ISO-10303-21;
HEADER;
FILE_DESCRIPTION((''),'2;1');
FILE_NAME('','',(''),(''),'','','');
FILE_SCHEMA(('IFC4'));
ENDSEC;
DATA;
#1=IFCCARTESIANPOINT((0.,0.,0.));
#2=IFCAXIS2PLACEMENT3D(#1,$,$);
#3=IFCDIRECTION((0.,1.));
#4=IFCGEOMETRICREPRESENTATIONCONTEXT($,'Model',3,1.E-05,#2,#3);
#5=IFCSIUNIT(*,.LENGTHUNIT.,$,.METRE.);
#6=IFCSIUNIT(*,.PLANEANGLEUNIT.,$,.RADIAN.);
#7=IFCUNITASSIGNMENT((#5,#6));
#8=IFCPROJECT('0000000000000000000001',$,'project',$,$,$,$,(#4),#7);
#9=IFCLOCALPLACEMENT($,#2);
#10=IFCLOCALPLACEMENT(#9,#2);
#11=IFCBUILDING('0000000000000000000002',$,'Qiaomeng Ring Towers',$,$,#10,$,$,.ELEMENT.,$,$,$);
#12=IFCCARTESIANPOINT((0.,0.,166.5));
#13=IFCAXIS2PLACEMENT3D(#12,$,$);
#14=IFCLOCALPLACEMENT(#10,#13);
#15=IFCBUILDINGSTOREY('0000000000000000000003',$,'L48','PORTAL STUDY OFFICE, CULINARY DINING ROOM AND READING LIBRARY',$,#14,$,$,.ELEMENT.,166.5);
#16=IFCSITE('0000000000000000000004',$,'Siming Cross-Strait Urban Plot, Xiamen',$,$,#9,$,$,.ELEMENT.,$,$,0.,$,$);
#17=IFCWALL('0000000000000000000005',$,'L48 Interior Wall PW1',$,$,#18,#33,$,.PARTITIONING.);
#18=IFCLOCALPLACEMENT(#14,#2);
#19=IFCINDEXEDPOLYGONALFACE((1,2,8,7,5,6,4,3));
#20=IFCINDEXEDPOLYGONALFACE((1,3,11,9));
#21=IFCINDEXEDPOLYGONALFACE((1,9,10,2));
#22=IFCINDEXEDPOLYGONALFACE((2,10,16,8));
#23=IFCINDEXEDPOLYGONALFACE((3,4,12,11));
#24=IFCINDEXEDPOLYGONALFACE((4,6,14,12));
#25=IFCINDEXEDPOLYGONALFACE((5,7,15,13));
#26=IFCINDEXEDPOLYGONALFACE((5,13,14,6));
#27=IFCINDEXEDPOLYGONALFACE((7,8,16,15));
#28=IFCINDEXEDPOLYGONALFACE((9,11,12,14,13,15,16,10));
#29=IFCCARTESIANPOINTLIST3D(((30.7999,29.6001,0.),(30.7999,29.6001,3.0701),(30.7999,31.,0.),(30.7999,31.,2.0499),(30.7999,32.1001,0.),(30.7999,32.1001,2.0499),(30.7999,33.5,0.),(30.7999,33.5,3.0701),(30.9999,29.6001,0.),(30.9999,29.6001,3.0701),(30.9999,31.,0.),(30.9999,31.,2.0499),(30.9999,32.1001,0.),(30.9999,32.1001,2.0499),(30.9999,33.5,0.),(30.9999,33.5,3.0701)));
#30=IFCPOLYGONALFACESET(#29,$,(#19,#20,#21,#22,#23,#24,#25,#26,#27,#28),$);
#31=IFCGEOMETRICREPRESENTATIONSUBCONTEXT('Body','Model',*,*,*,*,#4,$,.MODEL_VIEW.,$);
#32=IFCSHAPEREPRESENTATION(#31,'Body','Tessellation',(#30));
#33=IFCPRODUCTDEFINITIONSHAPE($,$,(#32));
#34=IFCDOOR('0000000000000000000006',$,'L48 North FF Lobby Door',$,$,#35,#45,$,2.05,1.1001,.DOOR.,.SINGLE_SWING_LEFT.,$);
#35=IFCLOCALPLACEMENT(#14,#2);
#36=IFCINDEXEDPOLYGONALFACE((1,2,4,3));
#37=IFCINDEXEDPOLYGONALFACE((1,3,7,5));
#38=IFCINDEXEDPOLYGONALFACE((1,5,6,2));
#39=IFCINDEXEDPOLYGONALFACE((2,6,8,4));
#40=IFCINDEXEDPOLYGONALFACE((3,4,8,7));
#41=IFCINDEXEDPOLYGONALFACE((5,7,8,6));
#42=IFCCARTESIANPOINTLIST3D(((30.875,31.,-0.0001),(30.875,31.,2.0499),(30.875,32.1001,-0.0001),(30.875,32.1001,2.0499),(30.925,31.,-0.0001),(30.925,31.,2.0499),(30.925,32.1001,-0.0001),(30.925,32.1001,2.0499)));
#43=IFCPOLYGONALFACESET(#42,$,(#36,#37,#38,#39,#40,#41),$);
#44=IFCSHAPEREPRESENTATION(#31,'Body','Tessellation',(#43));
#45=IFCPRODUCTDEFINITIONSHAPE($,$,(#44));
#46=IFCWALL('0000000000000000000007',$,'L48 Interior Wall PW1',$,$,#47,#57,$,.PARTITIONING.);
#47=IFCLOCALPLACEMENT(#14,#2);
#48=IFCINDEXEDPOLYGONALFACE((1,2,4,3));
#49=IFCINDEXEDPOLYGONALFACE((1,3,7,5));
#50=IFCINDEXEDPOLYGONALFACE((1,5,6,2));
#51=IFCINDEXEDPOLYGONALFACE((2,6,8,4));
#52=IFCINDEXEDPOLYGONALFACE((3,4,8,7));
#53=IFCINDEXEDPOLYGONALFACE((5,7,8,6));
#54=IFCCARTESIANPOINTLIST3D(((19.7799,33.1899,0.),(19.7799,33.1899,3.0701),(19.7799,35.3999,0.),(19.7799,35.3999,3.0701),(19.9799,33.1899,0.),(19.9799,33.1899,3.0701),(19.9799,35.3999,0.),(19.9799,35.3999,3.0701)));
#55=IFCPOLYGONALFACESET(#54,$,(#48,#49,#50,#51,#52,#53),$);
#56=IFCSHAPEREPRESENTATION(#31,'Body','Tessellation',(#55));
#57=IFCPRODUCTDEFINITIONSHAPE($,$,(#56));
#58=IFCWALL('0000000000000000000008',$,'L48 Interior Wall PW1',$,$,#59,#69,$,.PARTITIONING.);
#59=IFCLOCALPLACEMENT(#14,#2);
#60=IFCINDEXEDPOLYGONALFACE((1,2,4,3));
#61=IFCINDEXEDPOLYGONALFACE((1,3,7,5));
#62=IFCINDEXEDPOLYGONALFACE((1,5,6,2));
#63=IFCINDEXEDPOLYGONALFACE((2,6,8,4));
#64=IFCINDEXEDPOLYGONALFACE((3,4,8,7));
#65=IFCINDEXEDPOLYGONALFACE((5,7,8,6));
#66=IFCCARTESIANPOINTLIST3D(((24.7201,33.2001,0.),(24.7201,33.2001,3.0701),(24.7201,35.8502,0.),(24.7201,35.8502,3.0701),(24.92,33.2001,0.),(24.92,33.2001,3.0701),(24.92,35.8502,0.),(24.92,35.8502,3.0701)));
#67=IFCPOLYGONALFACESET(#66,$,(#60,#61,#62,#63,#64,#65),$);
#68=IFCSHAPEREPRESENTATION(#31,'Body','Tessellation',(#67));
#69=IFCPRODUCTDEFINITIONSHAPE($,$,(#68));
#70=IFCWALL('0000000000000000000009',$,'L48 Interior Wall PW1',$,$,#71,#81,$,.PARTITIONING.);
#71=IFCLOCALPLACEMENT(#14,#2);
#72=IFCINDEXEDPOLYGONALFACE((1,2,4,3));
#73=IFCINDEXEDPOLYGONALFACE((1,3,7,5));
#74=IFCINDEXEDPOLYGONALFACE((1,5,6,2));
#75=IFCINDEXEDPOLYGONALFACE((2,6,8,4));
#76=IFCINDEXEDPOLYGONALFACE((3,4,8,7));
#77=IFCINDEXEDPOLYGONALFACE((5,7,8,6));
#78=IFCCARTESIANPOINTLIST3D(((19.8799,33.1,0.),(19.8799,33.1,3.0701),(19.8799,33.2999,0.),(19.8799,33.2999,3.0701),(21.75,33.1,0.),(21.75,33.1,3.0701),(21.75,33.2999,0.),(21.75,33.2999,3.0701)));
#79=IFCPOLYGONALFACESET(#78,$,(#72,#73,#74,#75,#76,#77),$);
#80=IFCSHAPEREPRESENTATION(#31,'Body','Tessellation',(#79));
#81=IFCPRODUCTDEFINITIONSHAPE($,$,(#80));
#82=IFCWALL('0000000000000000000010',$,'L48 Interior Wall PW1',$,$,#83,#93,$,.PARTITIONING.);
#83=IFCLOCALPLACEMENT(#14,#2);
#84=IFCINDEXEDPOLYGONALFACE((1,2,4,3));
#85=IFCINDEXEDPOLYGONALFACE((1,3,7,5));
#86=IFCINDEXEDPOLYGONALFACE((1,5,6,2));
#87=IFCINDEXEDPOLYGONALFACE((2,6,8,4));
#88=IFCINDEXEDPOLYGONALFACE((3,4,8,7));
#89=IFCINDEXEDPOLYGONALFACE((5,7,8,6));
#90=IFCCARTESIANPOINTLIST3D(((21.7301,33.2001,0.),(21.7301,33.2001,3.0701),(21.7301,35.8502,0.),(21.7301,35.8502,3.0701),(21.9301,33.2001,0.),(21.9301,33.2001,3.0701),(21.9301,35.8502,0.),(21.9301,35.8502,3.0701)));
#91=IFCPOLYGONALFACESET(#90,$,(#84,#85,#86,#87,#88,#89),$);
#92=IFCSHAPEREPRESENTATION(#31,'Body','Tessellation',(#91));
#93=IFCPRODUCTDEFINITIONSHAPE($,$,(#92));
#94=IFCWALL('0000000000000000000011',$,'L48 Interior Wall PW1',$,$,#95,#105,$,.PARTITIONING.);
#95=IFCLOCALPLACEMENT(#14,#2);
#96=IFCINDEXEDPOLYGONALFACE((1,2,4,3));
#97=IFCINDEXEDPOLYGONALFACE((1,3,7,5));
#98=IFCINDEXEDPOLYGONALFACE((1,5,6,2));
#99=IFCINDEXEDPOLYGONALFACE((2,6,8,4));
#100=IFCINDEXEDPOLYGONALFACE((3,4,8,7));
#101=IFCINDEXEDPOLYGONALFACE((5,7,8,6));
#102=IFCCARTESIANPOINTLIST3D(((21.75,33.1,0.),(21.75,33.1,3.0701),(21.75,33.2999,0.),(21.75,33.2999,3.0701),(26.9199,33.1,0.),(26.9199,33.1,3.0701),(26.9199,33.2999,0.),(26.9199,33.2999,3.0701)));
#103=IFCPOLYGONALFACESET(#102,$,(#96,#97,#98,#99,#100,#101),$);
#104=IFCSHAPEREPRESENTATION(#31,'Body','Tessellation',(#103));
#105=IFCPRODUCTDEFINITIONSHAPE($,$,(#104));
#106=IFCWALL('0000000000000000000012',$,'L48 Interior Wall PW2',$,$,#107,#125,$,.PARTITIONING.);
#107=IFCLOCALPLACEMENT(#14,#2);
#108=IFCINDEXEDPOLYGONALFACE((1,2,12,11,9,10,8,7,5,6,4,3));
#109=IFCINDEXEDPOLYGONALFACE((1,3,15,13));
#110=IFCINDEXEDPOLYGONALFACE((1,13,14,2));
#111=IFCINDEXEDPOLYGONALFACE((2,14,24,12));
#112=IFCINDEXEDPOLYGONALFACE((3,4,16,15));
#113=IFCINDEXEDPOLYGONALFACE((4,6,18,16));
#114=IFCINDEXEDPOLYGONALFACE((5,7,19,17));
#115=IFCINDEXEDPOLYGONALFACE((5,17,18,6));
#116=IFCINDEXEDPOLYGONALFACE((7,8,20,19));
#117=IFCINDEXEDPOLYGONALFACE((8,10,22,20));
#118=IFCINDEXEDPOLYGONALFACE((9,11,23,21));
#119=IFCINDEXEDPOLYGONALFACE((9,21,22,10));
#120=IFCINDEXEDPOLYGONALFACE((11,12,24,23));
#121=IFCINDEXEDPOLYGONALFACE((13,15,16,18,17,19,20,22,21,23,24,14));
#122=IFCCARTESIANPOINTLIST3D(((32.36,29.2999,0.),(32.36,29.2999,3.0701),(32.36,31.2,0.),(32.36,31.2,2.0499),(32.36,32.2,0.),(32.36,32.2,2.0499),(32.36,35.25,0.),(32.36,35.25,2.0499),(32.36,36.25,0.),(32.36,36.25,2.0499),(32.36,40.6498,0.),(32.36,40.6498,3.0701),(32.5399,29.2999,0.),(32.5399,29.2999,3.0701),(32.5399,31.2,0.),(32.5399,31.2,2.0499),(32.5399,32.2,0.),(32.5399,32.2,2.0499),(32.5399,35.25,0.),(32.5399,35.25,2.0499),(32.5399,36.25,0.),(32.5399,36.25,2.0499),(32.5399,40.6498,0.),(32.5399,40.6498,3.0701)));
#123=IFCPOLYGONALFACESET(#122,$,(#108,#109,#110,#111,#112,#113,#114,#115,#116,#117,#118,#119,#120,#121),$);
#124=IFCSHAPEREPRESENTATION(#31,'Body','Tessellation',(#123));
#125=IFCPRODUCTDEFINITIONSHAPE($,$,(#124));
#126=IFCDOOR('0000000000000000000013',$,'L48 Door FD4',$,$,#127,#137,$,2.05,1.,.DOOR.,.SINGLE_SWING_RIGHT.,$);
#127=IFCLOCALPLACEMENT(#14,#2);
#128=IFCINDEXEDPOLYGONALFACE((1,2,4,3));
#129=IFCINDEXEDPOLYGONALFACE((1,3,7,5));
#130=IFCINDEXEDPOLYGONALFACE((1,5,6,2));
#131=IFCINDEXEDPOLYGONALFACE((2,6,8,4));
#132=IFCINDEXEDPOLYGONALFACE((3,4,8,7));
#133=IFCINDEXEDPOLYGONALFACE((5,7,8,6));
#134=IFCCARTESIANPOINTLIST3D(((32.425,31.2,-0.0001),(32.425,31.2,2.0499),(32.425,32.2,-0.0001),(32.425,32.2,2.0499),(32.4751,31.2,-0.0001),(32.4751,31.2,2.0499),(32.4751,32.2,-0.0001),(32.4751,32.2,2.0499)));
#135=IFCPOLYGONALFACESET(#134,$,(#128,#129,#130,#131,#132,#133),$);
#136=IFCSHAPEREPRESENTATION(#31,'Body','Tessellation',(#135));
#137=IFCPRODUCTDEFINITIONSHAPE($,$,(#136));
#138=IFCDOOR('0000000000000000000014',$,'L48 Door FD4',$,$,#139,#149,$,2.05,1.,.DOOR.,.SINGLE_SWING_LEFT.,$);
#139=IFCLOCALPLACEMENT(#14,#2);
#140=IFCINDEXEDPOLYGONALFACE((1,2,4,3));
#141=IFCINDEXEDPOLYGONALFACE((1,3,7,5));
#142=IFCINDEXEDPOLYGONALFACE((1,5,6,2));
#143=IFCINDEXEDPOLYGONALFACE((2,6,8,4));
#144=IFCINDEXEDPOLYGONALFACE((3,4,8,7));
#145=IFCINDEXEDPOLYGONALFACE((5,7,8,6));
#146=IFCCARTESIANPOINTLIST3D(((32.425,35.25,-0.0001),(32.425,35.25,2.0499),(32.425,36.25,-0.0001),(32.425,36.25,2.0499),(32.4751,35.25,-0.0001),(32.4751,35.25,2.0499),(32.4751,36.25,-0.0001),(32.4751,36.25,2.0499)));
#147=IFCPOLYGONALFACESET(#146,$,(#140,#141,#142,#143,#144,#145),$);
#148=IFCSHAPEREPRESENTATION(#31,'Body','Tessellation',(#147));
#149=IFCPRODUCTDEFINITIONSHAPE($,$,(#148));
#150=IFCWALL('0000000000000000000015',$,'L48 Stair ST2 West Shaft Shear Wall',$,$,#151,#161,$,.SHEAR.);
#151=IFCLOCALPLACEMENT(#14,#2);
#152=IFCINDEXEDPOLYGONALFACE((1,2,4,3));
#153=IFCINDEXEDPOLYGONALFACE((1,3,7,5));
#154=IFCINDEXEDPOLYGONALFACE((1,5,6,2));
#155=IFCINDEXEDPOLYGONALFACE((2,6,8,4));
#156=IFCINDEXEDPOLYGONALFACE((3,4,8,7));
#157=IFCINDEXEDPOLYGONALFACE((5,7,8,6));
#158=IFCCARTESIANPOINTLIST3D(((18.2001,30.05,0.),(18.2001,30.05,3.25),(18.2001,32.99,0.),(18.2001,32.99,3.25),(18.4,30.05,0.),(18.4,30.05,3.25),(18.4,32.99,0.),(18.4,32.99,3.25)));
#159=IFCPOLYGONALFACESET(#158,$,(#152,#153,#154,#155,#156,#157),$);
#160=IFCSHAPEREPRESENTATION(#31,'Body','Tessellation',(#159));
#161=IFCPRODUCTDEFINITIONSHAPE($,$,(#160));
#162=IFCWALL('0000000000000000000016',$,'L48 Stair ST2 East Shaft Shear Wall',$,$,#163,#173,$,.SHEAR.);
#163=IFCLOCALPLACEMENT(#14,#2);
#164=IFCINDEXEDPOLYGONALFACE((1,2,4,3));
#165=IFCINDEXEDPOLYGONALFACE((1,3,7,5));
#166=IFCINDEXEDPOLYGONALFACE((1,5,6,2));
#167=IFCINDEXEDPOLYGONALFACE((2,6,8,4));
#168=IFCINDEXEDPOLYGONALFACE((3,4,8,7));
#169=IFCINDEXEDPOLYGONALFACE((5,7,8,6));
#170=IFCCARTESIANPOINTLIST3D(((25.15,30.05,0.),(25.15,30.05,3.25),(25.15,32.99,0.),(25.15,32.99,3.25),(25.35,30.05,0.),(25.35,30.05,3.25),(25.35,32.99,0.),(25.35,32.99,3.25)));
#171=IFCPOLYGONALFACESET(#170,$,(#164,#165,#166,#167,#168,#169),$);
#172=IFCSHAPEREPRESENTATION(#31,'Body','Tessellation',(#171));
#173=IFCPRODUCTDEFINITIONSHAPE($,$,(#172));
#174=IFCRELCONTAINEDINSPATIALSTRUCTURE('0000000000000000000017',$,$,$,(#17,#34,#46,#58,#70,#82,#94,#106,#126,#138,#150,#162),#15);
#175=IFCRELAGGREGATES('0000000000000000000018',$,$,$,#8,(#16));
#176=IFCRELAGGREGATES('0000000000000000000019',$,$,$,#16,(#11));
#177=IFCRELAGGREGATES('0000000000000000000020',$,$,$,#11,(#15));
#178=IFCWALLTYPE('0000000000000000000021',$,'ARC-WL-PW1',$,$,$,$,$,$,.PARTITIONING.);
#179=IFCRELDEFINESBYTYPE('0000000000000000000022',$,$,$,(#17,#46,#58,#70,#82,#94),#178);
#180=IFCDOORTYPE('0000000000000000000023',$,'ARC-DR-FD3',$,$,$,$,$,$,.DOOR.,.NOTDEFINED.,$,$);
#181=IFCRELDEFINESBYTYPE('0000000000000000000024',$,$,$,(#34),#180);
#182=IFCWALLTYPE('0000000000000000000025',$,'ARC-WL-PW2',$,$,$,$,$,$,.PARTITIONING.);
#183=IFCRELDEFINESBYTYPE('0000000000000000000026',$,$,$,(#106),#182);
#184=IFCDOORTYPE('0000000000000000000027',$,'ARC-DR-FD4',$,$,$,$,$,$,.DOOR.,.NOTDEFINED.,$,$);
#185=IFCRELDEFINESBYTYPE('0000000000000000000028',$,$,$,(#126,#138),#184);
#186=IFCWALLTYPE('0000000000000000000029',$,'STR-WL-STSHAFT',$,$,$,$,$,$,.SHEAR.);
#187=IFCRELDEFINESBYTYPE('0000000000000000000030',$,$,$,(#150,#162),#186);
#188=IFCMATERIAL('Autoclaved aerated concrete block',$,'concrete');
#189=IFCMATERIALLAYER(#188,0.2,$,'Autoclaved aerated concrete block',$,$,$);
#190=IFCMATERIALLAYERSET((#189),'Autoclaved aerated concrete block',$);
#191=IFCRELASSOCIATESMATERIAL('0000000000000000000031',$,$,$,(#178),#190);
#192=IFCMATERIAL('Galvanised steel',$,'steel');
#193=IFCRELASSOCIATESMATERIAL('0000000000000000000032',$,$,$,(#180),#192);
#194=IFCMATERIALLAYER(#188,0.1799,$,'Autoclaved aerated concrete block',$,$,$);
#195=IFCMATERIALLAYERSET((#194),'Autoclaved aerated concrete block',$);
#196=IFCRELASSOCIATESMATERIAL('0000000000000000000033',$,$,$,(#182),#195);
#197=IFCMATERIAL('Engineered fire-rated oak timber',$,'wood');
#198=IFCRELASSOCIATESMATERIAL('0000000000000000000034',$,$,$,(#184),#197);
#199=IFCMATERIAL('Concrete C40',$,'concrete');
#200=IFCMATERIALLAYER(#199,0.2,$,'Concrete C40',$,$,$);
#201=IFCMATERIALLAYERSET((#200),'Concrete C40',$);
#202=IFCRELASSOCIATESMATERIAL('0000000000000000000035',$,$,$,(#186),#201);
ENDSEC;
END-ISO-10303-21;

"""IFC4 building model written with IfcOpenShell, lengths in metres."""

from ifc_helpers import new_model, si_unit, direction, frame, frame_2d, origin, place, context, subcontext, project, spatial, rectangle, extrude, source, transform, mapped, material, layer, layer_set, type_object, element, fill, save


model = new_model("IFC4")

# Units and contexts
model_context = context("Model", 3, precision=1e-05, world=origin(), true_north=direction((0.0, 1.0)))
body_context = subcontext(model_context, "Body", "Model", "MODEL_VIEW")
ifc_project = project(units=[si_unit("LENGTHUNIT", "METRE"), si_unit("PLANEANGLEUNIT", "RADIAN")], contexts=[model_context])

# Site, building, storey
site_placement = place(None, origin())
site = spatial("IfcSite", under=ifc_project, at=site_placement, Name="Siming Cross-Strait Urban Plot, Xiamen", CompositionType="ELEMENT", RefElevation=0.0)
building_placement = place(site_placement, origin())
building = spatial("IfcBuilding", under=site, at=building_placement, Name="Qiaomeng Ring Towers", CompositionType="ELEMENT")
storey_placement = place(building_placement, frame((0.0, 0.0, 166.5)))
storey = spatial("IfcBuildingStorey", under=building, at=storey_placement, Name="L48", Description="PORTAL STUDY OFFICE, CULINARY DINING ROOM AND READING LIBRARY", CompositionType="ELEMENT", Elevation=166.5)

# Shared definitions
ifc_material_1 = material(Name="Autoclaved aerated concrete block", Category="concrete")
ifc_layer_1 = layer(ifc_material_1, 0.2, Name="Autoclaved aerated concrete block")
ifc_layer_set_1 = layer_set([ifc_layer_1], Name="Autoclaved aerated concrete block")
wall_type_1 = type_object("IfcWallType", Name="ARC-WL-PW1", PredefinedType="PARTITIONING", material=ifc_layer_set_1)

# Wall, opening, door
wall_1_placement = place(storey_placement, frame((30.8999, 29.6001, 0.0), z_axis=(0.0, 0.0, 1.0), x_axis=(0.0, 1.0, 0.0)))
wall_1 = element("IfcWall", 1, at=wall_1_placement, inside=storey, type_object=wall_type_1, Name="L48 Interior Wall PW1", PredefinedType="PARTITIONING", context=body_context, shape_type="SweptSolid", body=[
    extrude(rectangle(XDim=3.8999, YDim=0.2, at=frame_2d((1.95, 0.0))), origin(), (0.0, 0.0, 1.0), 3.0701),
])
opening_1_placement = place(wall_1_placement, frame((1.3999, 0.0, 0.0)))
opening_1 = element("IfcOpeningElement", 2, at=opening_1_placement, cuts=wall_1, PredefinedType="OPENING", context=body_context, shape_type="SweptSolid", body=[
    extrude(rectangle(XDim=1.1001, YDim=2.05, at=frame_2d((0.55, 1.0249))), frame((0.0, 0.1099, 0.0), z_axis=(0.0, -1.0, 0.0), x_axis=(1.0, 0.0, 0.0)), (0.0, 0.0, 1.0), 0.22),
])
ifc_material_2 = material(Name="Galvanised steel", Category="steel")
door_type_1 = type_object("IfcDoorType", Name="ARC-DR-FD3", OperationType="NOTDEFINED", PredefinedType="DOOR", material=ifc_material_2)
shared_shape_1 = source(origin(), body_context, "Body", "SweptSolid", [
    extrude(rectangle(XDim=1.1001, YDim=2.05, at=frame_2d((0.55, 1.0249))), frame((0.0, 0.0249, 0.0), z_axis=(0.0, -1.0, 0.0), x_axis=(1.0, 0.0, 0.0)), (0.0, 0.0, 1.0), 0.05),
])
door_1_placement = place(opening_1_placement, origin())
door_1 = element("IfcDoor", 3, at=door_1_placement, inside=storey, type_object=door_type_1, Name="L48 North FF Lobby Door", OperationType="SINGLE_SWING_LEFT", OverallHeight=2.05, OverallWidth=1.1001, PredefinedType="DOOR", context=body_context, shape_type="MappedRepresentation", body=[
    mapped(shared_shape_1, transform((0.0, 0.0, 0.0), x_axis=(1.0, 0.0, 0.0), y_axis=(0.0, 1.0, 0.0), z_axis=(0.0, 0.0, 1.0), scale=1.0)),
])
fill(opening_1, door_1)

# Walls
wall_2_placement = place(storey_placement, frame((19.8799, 33.1899, 0.0), z_axis=(0.0, 0.0, 1.0), x_axis=(0.0, 1.0, 0.0)))
element("IfcWall", 4, at=wall_2_placement, inside=storey, type_object=wall_type_1, Name="L48 Interior Wall PW1", PredefinedType="PARTITIONING", context=body_context, shape_type="SweptSolid", body=[
    extrude(rectangle(XDim=2.21, YDim=0.2, at=frame_2d((1.105, 0.0))), origin(), (0.0, 0.0, 1.0), 3.0701),
])
wall_3_placement = place(storey_placement, frame((24.8201, 33.2, 0.0), z_axis=(0.0, 0.0, 1.0), x_axis=(0.0, 1.0, 0.0)))
element("IfcWall", 5, at=wall_3_placement, inside=storey, type_object=wall_type_1, Name="L48 Interior Wall PW1", PredefinedType="PARTITIONING", context=body_context, shape_type="SweptSolid", body=[
    extrude(rectangle(XDim=2.6501, YDim=0.2, at=frame_2d((1.3252, 0.0))), origin(), (0.0, 0.0, 1.0), 3.0701),
])
wall_4_placement = place(storey_placement, frame((19.8799, 33.2, 0.0), z_axis=(0.0, 0.0, 1.0), x_axis=(1.0, 0.0, 0.0)))
element("IfcWall", 6, at=wall_4_placement, inside=storey, type_object=wall_type_1, Name="L48 Interior Wall PW1", PredefinedType="PARTITIONING", context=body_context, shape_type="SweptSolid", body=[
    extrude(rectangle(XDim=1.8701, YDim=0.2, at=frame_2d((0.9351, 0.0))), origin(), (0.0, 0.0, 1.0), 3.0701),
])
wall_5_placement = place(storey_placement, frame((21.8301, 33.2, 0.0), z_axis=(0.0, 0.0, 1.0), x_axis=(0.0, 1.0, 0.0)))
element("IfcWall", 7, at=wall_5_placement, inside=storey, type_object=wall_type_1, Name="L48 Interior Wall PW1", PredefinedType="PARTITIONING", context=body_context, shape_type="SweptSolid", body=[
    extrude(rectangle(XDim=2.6501, YDim=0.2, at=frame_2d((1.3252, 0.0))), origin(), (0.0, 0.0, 1.0), 3.0701),
])
wall_6_placement = place(storey_placement, frame((21.75, 33.2, 0.0), z_axis=(0.0, 0.0, 1.0), x_axis=(1.0, 0.0, 0.0)))
element("IfcWall", 8, at=wall_6_placement, inside=storey, type_object=wall_type_1, Name="L48 Interior Wall PW1", PredefinedType="PARTITIONING", context=body_context, shape_type="SweptSolid", body=[
    extrude(rectangle(XDim=5.1699, YDim=0.2, at=frame_2d((2.585, 0.0))), origin(), (0.0, 0.0, 1.0), 3.0701),
])

# Wall, openings, doors
ifc_layer_2 = layer(ifc_material_1, 0.1799, Name="Autoclaved aerated concrete block")
ifc_layer_set_2 = layer_set([ifc_layer_2], Name="Autoclaved aerated concrete block")
wall_type_2 = type_object("IfcWallType", Name="ARC-WL-PW2", PredefinedType="PARTITIONING", material=ifc_layer_set_2)
wall_7_placement = place(storey_placement, frame((32.45, 29.3, 0.0), z_axis=(0.0, 0.0, 1.0), x_axis=(0.0, 1.0, 0.0)))
wall_7 = element("IfcWall", 9, at=wall_7_placement, inside=storey, type_object=wall_type_2, Name="L48 Interior Wall PW2", PredefinedType="PARTITIONING", context=body_context, shape_type="SweptSolid", body=[
    extrude(rectangle(XDim=11.3499, YDim=0.1799, at=frame_2d((5.6748, 0.0))), origin(), (0.0, 0.0, 1.0), 3.0701),
])
opening_2_placement = place(wall_7_placement, frame((1.8999, 0.0, 0.0)))
opening_2 = element("IfcOpeningElement", 10, at=opening_2_placement, cuts=wall_7, PredefinedType="OPENING", context=body_context, shape_type="SweptSolid", body=[
    extrude(rectangle(XDim=1.0, YDim=2.05, at=frame_2d((0.5, 1.0249))), frame((0.0, 0.0999, 0.0), z_axis=(0.0, -1.0, 0.0), x_axis=(1.0, 0.0, 0.0)), (0.0, 0.0, 1.0), 0.2),
])
opening_3_placement = place(wall_7_placement, frame((5.95, 0.0, 0.0)))
opening_3 = element("IfcOpeningElement", 11, at=opening_3_placement, cuts=wall_7, PredefinedType="OPENING", context=body_context, shape_type="SweptSolid", body=[
    extrude(rectangle(XDim=1.0, YDim=2.05, at=frame_2d((0.5, 1.0249))), frame((0.0, 0.0999, 0.0), z_axis=(0.0, -1.0, 0.0), x_axis=(1.0, 0.0, 0.0)), (0.0, 0.0, 1.0), 0.2),
])
ifc_material_3 = material(Name="Engineered fire-rated oak timber", Category="wood")
door_type_2 = type_object("IfcDoorType", Name="ARC-DR-FD4", OperationType="NOTDEFINED", PredefinedType="DOOR", material=ifc_material_3)
shared_shape_2 = source(origin(), body_context, "Body", "SweptSolid", [
    extrude(rectangle(XDim=1.0, YDim=2.05, at=frame_2d((0.5, 1.0249))), frame((0.0, 0.0249, 0.0), z_axis=(0.0, -1.0, 0.0), x_axis=(1.0, 0.0, 0.0)), (0.0, 0.0, 1.0), 0.05),
])
door_2_placement = place(opening_2_placement, origin())
door_2 = element("IfcDoor", 12, at=door_2_placement, inside=storey, type_object=door_type_2, Name="L48 Door FD4", OperationType="SINGLE_SWING_RIGHT", OverallHeight=2.05, OverallWidth=1.0, PredefinedType="DOOR", context=body_context, shape_type="MappedRepresentation", body=[
    mapped(shared_shape_2, transform((0.0, 0.0, 0.0), x_axis=(1.0, 0.0, 0.0), y_axis=(0.0, 1.0, 0.0), z_axis=(0.0, 0.0, 1.0), scale=1.0)),
])
fill(opening_2, door_2)
door_3_placement = place(opening_3_placement, origin())
door_3 = element("IfcDoor", 13, at=door_3_placement, inside=storey, type_object=door_type_2, Name="L48 Door FD4", OperationType="SINGLE_SWING_LEFT", OverallHeight=2.05, OverallWidth=1.0, PredefinedType="DOOR", context=body_context, shape_type="MappedRepresentation", body=[
    mapped(shared_shape_2, transform((0.0, 0.0, 0.0), x_axis=(1.0, 0.0, 0.0), y_axis=(0.0, 1.0, 0.0), z_axis=(0.0, 0.0, 1.0), scale=1.0)),
])
fill(opening_3, door_3)

# Walls
ifc_material_4 = material(Name="Concrete C40", Category="concrete")
ifc_layer_3 = layer(ifc_material_4, 0.2, Name="Concrete C40")
ifc_layer_set_3 = layer_set([ifc_layer_3], Name="Concrete C40")
wall_type_3 = type_object("IfcWallType", Name="STR-WL-STSHAFT", PredefinedType="SHEAR", material=ifc_layer_set_3)
for number, where, z_axis, x_axis, name in (
    (14, (18.3, 30.05, 0.0), (0.0, 0.0, 1.0), (0.0, 1.0, 0.0), "L48 Stair ST2 West Shaft Shear Wall"),
    (15, (25.25, 30.05, 0.0), (0.0, 0.0, 1.0), (0.0, 1.0, 0.0), "L48 Stair ST2 East Shaft Shear Wall"),
):
    element("IfcWall", number, at=place(storey_placement, frame(where, z_axis=z_axis, x_axis=x_axis)), inside=storey, type_object=wall_type_3, Name=name, PredefinedType="SHEAR", context=body_context, shape_type="SweptSolid", body=[
        extrude(rectangle(XDim=2.9399, YDim=0.2, at=frame_2d((1.47, 0.0))), origin(), (0.0, 0.0, 1.0), 3.25),
    ])

save(model, "model.ifc")
